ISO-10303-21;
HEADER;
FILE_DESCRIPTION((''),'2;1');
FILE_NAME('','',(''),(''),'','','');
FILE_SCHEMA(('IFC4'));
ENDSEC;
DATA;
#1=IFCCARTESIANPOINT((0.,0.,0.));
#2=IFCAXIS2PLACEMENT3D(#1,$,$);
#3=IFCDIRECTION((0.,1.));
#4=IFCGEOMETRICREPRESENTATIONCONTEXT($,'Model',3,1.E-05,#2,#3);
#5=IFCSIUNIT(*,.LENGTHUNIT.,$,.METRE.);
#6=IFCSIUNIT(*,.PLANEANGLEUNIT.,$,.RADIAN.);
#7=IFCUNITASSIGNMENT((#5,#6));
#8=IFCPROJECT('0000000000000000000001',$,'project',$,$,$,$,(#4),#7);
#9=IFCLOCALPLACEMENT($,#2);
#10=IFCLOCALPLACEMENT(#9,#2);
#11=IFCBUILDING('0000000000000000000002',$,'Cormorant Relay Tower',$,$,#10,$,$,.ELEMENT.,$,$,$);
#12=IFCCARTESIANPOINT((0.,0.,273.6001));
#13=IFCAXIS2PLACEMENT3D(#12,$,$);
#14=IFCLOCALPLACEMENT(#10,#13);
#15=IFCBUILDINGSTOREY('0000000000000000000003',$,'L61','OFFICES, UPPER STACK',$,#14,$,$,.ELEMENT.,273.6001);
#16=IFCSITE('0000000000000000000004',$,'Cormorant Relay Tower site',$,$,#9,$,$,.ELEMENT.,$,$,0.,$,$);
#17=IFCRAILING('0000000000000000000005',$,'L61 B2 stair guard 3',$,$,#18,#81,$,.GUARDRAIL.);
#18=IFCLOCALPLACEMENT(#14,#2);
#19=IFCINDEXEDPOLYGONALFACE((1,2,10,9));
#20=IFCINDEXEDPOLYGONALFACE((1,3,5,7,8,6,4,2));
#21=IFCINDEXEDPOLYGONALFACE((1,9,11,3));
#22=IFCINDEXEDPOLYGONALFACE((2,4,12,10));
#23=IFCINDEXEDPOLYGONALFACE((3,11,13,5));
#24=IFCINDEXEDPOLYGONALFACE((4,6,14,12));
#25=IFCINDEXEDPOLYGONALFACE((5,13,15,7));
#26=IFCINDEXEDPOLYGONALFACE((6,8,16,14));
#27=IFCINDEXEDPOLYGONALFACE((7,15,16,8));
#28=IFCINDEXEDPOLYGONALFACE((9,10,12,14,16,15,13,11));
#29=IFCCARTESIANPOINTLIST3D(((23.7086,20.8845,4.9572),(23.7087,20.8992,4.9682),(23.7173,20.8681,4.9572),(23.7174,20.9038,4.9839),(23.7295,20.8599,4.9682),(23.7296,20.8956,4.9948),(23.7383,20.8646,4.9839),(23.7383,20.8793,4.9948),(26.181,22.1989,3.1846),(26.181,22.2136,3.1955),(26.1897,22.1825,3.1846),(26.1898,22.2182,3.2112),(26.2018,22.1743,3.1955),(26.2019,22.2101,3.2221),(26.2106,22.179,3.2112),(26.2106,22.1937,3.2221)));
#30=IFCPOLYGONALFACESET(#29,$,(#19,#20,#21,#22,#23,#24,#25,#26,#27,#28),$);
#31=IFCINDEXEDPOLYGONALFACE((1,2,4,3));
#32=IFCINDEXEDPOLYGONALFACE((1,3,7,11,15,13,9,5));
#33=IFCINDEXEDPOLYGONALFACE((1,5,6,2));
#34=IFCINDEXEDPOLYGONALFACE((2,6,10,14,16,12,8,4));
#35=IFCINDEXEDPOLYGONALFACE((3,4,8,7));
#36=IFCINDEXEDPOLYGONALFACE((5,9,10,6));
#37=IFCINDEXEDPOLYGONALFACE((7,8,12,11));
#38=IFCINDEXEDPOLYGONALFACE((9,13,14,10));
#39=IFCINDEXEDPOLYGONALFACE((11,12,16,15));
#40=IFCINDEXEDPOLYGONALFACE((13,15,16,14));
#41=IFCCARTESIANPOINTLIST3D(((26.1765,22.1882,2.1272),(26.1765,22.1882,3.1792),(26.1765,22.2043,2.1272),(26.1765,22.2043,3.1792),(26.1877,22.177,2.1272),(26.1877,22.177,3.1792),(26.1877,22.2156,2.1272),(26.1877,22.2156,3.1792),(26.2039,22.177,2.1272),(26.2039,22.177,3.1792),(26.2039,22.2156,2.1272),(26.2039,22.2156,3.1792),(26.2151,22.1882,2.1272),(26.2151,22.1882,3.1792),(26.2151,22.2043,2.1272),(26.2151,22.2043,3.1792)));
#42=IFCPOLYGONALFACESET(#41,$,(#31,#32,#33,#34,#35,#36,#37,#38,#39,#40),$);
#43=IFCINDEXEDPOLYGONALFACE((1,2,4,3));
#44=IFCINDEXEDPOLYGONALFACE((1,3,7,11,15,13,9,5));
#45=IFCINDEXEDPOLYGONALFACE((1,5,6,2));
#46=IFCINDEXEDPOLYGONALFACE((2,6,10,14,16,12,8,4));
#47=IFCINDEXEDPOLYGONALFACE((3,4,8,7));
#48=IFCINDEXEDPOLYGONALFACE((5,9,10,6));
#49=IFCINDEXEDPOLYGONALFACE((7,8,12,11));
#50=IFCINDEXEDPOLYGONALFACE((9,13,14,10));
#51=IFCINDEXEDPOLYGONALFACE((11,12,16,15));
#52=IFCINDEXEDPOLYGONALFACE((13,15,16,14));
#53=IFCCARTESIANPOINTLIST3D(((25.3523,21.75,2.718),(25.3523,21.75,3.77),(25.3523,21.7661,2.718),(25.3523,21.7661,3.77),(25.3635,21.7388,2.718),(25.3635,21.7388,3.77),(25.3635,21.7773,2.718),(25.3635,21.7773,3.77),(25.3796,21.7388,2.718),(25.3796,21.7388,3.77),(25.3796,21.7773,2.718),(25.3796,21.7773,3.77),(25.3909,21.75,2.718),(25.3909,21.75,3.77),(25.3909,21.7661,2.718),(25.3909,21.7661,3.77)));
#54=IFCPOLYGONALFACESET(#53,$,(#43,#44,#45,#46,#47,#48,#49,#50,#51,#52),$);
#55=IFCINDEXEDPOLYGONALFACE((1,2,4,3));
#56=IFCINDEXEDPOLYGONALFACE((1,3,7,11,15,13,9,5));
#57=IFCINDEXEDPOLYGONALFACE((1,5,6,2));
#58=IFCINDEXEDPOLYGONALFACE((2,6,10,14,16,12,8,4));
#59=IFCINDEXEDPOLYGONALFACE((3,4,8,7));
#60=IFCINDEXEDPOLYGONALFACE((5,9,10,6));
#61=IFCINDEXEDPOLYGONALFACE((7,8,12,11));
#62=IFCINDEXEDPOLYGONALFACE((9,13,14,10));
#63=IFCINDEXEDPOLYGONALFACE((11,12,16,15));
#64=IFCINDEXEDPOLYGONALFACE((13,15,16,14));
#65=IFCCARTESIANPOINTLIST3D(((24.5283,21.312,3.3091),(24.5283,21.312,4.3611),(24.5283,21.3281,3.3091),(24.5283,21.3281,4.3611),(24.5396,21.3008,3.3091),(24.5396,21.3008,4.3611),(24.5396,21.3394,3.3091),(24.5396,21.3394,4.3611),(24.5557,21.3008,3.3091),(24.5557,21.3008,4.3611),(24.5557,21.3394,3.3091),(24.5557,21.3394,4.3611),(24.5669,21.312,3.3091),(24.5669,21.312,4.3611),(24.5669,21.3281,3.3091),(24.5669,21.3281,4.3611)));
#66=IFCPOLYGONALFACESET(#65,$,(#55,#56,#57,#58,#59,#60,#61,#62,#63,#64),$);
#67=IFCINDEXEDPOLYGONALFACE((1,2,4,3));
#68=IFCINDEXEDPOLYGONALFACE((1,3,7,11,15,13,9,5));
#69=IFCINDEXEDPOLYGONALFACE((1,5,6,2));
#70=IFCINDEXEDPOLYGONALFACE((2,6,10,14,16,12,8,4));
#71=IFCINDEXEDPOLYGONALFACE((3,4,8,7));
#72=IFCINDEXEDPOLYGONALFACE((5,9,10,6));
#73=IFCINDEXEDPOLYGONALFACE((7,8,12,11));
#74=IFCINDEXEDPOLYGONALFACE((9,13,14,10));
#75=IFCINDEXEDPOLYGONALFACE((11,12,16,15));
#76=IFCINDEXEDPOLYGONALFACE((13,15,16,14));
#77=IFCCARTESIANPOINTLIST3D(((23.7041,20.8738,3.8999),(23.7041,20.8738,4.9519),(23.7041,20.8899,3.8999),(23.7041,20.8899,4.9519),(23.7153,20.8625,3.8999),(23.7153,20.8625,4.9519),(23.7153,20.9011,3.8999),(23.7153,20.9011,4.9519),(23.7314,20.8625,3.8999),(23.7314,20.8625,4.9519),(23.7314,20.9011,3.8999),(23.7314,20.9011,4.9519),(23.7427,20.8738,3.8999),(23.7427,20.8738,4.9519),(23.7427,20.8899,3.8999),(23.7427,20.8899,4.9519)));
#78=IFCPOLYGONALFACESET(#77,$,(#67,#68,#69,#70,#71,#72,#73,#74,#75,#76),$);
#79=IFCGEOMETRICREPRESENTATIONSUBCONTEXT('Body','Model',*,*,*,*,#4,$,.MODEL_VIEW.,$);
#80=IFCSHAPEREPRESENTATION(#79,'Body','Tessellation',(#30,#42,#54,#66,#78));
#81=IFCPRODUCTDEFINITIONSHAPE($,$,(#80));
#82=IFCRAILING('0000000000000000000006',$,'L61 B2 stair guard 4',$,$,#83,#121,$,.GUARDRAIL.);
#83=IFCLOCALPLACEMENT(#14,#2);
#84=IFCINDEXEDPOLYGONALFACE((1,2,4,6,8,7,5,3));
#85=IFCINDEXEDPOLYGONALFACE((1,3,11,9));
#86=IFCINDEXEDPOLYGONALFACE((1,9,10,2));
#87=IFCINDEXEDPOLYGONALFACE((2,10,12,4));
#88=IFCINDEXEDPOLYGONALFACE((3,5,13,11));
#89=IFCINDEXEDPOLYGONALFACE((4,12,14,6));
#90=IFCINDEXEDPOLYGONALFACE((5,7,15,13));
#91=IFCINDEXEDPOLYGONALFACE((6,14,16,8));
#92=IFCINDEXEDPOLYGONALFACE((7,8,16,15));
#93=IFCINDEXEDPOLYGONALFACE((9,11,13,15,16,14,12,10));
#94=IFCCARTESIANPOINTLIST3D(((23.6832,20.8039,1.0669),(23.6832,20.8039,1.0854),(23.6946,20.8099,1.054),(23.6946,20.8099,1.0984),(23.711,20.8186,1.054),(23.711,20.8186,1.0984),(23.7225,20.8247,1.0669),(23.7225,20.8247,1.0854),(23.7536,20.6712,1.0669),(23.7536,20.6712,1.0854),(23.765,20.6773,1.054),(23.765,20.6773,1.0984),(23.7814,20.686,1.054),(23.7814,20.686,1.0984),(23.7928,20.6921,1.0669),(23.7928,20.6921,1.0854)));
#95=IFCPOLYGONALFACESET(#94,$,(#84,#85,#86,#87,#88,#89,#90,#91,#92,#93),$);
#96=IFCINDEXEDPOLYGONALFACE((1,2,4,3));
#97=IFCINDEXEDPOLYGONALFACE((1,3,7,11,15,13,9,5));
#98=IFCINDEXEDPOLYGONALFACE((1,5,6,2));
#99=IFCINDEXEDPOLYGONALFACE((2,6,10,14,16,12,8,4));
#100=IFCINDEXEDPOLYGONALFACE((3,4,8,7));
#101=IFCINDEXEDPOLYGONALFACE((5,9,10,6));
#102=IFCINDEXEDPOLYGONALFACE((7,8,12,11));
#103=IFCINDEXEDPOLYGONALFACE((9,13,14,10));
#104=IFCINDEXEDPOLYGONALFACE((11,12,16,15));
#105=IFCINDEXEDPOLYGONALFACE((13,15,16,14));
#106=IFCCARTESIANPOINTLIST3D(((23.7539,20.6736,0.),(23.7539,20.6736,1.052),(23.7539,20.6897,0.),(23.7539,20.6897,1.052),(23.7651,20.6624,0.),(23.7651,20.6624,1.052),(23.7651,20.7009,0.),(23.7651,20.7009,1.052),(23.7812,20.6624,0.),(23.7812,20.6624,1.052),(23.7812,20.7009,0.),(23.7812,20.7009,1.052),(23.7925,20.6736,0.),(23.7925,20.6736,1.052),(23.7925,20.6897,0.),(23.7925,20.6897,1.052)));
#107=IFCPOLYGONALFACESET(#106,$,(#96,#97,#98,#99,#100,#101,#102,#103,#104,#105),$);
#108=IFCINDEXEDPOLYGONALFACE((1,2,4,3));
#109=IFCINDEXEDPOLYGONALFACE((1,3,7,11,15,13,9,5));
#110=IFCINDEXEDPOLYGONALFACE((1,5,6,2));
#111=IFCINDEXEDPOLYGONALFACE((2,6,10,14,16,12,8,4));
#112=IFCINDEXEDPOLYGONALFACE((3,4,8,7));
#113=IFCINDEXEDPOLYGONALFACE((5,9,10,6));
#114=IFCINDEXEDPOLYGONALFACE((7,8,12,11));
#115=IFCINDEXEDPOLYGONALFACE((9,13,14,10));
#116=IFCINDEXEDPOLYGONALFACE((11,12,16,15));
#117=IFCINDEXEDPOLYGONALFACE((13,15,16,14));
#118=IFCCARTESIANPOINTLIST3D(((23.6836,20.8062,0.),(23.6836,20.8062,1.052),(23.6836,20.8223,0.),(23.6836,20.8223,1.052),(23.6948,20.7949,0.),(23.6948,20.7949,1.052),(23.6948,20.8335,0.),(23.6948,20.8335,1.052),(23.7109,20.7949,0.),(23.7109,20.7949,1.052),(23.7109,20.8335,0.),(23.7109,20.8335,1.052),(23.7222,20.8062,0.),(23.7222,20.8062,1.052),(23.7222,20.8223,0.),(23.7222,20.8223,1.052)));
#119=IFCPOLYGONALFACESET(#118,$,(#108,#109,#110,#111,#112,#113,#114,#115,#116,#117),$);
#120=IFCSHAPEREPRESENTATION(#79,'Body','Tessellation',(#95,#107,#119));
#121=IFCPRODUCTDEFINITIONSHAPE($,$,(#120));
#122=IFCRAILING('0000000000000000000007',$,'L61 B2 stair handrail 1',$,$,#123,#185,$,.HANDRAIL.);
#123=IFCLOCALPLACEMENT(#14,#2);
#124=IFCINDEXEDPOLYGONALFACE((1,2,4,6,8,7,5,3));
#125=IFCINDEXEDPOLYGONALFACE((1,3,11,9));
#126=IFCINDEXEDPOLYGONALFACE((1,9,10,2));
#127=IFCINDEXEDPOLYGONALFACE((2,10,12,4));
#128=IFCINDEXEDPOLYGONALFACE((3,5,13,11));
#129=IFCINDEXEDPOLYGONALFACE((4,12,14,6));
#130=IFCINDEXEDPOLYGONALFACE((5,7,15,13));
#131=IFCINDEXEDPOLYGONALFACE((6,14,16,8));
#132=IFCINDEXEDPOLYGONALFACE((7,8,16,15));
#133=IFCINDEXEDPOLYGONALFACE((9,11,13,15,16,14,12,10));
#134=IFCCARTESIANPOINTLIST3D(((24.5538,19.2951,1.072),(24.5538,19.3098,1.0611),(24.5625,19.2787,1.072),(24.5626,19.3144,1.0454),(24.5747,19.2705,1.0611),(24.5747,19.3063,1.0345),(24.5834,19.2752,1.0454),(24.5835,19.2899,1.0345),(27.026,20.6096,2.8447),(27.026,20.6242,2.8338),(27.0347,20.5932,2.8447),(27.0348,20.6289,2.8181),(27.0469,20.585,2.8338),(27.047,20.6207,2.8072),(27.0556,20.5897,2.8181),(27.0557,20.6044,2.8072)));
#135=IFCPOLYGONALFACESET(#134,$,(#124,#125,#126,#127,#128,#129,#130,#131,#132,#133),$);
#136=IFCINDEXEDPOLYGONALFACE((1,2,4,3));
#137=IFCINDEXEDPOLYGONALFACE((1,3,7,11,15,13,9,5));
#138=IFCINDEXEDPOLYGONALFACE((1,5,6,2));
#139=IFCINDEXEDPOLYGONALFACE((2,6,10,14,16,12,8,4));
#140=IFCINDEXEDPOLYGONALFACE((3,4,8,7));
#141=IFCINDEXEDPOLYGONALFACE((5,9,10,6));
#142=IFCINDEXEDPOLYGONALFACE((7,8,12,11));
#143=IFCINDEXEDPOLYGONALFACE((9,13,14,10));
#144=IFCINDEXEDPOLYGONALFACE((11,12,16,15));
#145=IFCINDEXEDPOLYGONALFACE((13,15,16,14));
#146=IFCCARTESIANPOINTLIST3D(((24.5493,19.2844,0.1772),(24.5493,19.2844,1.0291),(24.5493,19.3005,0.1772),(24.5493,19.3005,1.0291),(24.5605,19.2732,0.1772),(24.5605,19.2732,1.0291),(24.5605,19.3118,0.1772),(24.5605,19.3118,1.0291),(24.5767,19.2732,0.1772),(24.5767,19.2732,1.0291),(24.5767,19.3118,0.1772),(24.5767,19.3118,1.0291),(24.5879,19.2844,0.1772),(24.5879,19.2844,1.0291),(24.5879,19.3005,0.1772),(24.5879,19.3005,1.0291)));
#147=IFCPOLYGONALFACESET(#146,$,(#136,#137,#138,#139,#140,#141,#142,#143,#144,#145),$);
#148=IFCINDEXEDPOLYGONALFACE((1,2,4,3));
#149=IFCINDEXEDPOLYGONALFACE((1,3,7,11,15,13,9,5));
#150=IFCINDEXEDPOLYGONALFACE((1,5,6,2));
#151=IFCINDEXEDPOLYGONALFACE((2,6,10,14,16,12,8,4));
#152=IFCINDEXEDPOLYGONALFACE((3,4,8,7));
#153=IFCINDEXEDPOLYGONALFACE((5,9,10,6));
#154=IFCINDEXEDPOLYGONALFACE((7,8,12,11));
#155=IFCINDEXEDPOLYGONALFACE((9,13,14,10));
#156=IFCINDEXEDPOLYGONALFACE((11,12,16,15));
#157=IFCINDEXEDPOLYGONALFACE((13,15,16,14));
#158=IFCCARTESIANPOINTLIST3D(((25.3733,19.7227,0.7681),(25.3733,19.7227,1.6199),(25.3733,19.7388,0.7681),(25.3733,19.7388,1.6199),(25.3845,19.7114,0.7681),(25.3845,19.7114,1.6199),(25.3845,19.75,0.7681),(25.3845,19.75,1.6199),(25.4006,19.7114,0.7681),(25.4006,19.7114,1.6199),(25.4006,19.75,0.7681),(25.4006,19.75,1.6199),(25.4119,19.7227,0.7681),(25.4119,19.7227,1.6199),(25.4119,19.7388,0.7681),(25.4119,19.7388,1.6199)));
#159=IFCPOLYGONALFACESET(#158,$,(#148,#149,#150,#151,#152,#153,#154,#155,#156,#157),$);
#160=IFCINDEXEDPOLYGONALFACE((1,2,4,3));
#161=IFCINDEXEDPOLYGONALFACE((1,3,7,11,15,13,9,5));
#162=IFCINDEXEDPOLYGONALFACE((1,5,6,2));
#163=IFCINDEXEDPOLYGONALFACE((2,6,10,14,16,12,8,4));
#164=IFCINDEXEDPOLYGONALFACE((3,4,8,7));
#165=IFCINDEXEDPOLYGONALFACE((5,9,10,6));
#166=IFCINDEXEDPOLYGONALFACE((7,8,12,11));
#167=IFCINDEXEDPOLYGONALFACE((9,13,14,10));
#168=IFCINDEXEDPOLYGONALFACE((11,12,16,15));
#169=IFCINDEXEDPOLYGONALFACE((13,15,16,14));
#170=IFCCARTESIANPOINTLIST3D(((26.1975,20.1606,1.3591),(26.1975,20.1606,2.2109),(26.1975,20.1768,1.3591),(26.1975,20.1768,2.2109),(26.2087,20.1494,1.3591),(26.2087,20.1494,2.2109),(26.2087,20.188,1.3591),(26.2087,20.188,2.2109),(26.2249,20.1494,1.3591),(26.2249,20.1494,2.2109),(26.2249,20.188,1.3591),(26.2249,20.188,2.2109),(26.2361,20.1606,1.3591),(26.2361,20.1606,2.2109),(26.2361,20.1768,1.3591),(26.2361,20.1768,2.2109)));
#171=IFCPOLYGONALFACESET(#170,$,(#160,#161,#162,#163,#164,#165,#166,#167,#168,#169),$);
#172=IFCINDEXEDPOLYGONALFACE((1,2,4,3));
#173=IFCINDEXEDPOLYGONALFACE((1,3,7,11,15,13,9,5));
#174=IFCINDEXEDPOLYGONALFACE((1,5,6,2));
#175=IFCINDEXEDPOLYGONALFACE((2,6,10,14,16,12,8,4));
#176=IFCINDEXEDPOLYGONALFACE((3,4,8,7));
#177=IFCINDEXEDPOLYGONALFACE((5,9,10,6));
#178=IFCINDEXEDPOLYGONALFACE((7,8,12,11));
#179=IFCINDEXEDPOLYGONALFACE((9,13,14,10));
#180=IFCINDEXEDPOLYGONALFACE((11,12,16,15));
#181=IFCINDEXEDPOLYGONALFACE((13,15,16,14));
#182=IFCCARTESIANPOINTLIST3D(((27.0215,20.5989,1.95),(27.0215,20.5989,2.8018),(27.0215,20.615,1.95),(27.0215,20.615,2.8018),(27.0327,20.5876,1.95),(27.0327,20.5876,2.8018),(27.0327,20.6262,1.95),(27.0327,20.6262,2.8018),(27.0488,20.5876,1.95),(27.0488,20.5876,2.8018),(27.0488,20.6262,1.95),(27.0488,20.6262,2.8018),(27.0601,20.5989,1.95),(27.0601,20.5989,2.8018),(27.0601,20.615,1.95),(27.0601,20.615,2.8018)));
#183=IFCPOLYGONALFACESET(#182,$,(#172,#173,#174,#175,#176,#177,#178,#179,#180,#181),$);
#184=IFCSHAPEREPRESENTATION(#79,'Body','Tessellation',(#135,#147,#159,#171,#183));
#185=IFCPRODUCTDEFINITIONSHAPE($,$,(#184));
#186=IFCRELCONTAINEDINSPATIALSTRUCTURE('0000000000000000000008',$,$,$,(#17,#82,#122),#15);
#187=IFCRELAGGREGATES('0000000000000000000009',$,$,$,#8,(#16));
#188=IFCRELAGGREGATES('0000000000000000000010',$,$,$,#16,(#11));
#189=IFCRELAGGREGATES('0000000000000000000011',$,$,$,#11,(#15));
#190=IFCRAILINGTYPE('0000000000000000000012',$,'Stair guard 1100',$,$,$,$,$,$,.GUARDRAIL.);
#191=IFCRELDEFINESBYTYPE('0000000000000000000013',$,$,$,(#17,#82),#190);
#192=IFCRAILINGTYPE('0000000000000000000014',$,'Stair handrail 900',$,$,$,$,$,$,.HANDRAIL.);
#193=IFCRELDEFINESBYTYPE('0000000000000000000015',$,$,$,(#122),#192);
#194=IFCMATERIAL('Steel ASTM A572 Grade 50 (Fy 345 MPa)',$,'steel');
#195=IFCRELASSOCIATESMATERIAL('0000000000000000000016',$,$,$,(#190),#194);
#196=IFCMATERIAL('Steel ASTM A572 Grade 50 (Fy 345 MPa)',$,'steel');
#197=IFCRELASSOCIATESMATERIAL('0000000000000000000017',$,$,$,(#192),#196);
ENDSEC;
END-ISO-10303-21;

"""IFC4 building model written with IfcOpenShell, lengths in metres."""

from ifc_helpers import new_model, si_unit, direction, frame, origin, place, context, subcontext, project, spatial, polyline, outline, extrude, material, type_object, element, save


model = new_model("IFC4")

# Units and contexts
model_context = context("Model", 3, precision=1e-05, world=origin(), true_north=direction((0.0, 1.0)))
body_context = subcontext(model_context, "Body", "Model", "MODEL_VIEW")
ifc_project = project(units=[si_unit("LENGTHUNIT", "METRE"), si_unit("PLANEANGLEUNIT", "RADIAN")], contexts=[model_context])

# Site, building, storey
site_placement = place(None, origin())
site = spatial("IfcSite", under=ifc_project, at=site_placement, Name="Cormorant Relay Tower site", CompositionType="ELEMENT", RefElevation=0.0)
building_placement = place(site_placement, origin())
building = spatial("IfcBuilding", under=site, at=building_placement, Name="Cormorant Relay Tower", CompositionType="ELEMENT")
storey_placement = place(building_placement, frame((0.0, 0.0, 273.6001)))
storey = spatial("IfcBuildingStorey", under=building, at=storey_placement, Name="L61", Description="OFFICES, UPPER STACK", CompositionType="ELEMENT", Elevation=273.6001)

# Railings
ifc_material_1 = material(Name="Steel ASTM A572 Grade 50 (Fy 345 MPa)", Category="steel")
railing_type_1 = type_object("IfcRailingType", Name="Stair guard 1100", PredefinedType="GUARDRAIL", material=ifc_material_1)
railing_1_placement = place(storey_placement, frame((26.1958, 22.1963, 2.1272)))
element("IfcRailing", 1, at=railing_1_placement, inside=storey, type_object=railing_type_1, Name="L61 B2 stair guard 3", PredefinedType="GUARDRAIL", context=body_context, shape_type="SweptSolid", body=[
    extrude(outline(polyline([(0.0222, 0.0093), (0.0093, 0.0222), (-0.0093, 0.0222), (-0.0222, 0.0093), (-0.0222, -0.0093), (-0.0093, -0.0222), (0.0093, -0.0222), (0.0222, -0.0093), (0.0222, 0.0093)])), frame((0.0, 0.0, 1.0762), z_axis=(-0.746034, -0.396627, 0.534902), x_axis=(0.469429, -0.88297, 0.0)), (0.0, 0.0, 1.0), 3.314),
    extrude(outline(polyline([(0.0193, 0.0081), (0.0081, 0.0193), (-0.0081, 0.0193), (-0.0193, 0.0081), (-0.0193, -0.0081), (-0.0081, -0.0193), (0.0081, -0.0193), (0.0193, -0.0081), (0.0193, 0.0081)])), origin(), (0.0, 0.0, 1.0), 1.052),
    extrude(outline(polyline([(0.0193, 0.0081), (0.0081, 0.0193), (-0.0081, 0.0193), (-0.0193, 0.0081), (-0.0193, -0.0081), (-0.0081, -0.0193), (0.0081, -0.0193), (0.0193, -0.0081), (0.0193, 0.0081)])), frame((-0.8242, -0.4382, 0.5908)), (0.0, 0.0, 1.0), 1.052),
    extrude(outline(polyline([(0.0193, 0.0081), (0.0081, 0.0193), (-0.0081, 0.0193), (-0.0193, 0.0081), (-0.0193, -0.0081), (-0.0081, -0.0193), (0.0081, -0.0193), (0.0193, -0.0081), (0.0193, 0.0081)])), frame((-1.6482, -0.8762, 1.1819)), (0.0, 0.0, 1.0), 1.052),
    extrude(outline(polyline([(0.0193, 0.0081), (0.0081, 0.0193), (-0.0081, 0.0193), (-0.0193, 0.0081), (-0.0193, -0.0081), (-0.0081, -0.0193), (0.0081, -0.0193), (0.0193, -0.0081), (0.0193, 0.0081)])), frame((-2.4724, -1.3145, 1.7727)), (0.0, 0.0, 1.0), 1.052),
])
railing_2_placement = place(storey_placement, frame((23.7732, 20.6816, 0.0)))
element("IfcRailing", 2, at=railing_2_placement, inside=storey, type_object=railing_type_1, Name="L61 B2 stair guard 4", PredefinedType="GUARDRAIL", context=body_context, shape_type="SweptSolid", body=[
    extrude(outline(polyline([(0.0222, 0.0093), (0.0093, 0.0222), (-0.0093, 0.0222), (-0.0222, 0.0093), (-0.0222, -0.0093), (-0.0093, -0.0222), (0.0093, -0.0222), (0.0222, -0.0093), (0.0222, 0.0093)])), frame((0.0, 0.0, 1.0762), z_axis=(-0.46856, 0.883431, 0.0), x_axis=(-0.883431, -0.46856, 0.0)), (0.0, 0.0, 1.0), 0.1501),
    extrude(outline(polyline([(0.0193, 0.0081), (0.0081, 0.0193), (-0.0081, 0.0193), (-0.0193, 0.0081), (-0.0193, -0.0081), (-0.0081, -0.0193), (0.0081, -0.0193), (0.0193, -0.0081), (0.0193, 0.0081)])), origin(), (0.0, 0.0, 1.0), 1.052),
    extrude(outline(polyline([(0.0193, 0.0081), (0.0081, 0.0193), (-0.0081, 0.0193), (-0.0193, 0.0081), (-0.0193, -0.0081), (-0.0081, -0.0193), (0.0081, -0.0193), (0.0193, -0.0081), (0.0193, 0.0081)])), frame((-0.0703, 0.1326, 0.0)), (0.0, 0.0, 1.0), 1.052),
])
ifc_material_2 = material(Name="Steel ASTM A572 Grade 50 (Fy 345 MPa)", Category="steel")
railing_type_2 = type_object("IfcRailingType", Name="Stair handrail 900", PredefinedType="HANDRAIL", material=ifc_material_2)
railing_3_placement = place(storey_placement, frame((24.5686, 19.2925, 0.1772)))
element("IfcRailing", 3, at=railing_3_placement, inside=storey, type_object=railing_type_2, Name="L61 B2 stair handrail 1", PredefinedType="HANDRAIL", context=body_context, shape_type="SweptSolid", body=[
    extrude(outline(polyline([(0.0222, 0.0093), (0.0093, 0.0222), (-0.0093, 0.0222), (-0.0222, 0.0093), (-0.0222, -0.0093), (-0.0093, -0.0222), (0.0093, -0.0222), (0.0222, -0.0093), (0.0222, 0.0093)])), frame((0.0, 0.0, 0.876), z_axis=(0.746001, 0.396649, 0.534931), x_axis=(-0.469465, 0.882951, 0.0)), (0.0, 0.0, 1.0), 3.314),
    extrude(outline(polyline([(0.0193, 0.0081), (0.0081, 0.0193), (-0.0081, 0.0193), (-0.0193, 0.0081), (-0.0193, -0.0081), (-0.0081, -0.0193), (0.0081, -0.0193), (0.0193, -0.0081), (0.0193, 0.0081)])), origin(), (0.0, 0.0, 1.0), 0.8518),
    extrude(outline(polyline([(0.0193, 0.0081), (0.0081, 0.0193), (-0.0081, 0.0193), (-0.0193, 0.0081), (-0.0193, -0.0081), (-0.0081, -0.0193), (0.0081, -0.0193), (0.0193, -0.0081), (0.0193, 0.0081)])), frame((0.824, 0.4382, 0.5908)), (0.0, 0.0, 1.0), 0.8518),
    extrude(outline(polyline([(0.0193, 0.0081), (0.0081, 0.0193), (-0.0081, 0.0193), (-0.0193, 0.0081), (-0.0193, -0.0081), (-0.0081, -0.0193), (0.0081, -0.0193), (0.0193, -0.0081), (0.0193, 0.0081)])), frame((1.6482, 0.8762, 1.1819)), (0.0, 0.0, 1.0), 0.8518),
    extrude(outline(polyline([(0.0193, 0.0081), (0.0081, 0.0193), (-0.0081, 0.0193), (-0.0193, 0.0081), (-0.0193, -0.0081), (-0.0081, -0.0193), (0.0081, -0.0193), (0.0193, -0.0081), (0.0193, 0.0081)])), frame((2.4722, 1.3145, 1.7727)), (0.0, 0.0, 1.0), 0.8518),
])

save(model, "model.ifc")
